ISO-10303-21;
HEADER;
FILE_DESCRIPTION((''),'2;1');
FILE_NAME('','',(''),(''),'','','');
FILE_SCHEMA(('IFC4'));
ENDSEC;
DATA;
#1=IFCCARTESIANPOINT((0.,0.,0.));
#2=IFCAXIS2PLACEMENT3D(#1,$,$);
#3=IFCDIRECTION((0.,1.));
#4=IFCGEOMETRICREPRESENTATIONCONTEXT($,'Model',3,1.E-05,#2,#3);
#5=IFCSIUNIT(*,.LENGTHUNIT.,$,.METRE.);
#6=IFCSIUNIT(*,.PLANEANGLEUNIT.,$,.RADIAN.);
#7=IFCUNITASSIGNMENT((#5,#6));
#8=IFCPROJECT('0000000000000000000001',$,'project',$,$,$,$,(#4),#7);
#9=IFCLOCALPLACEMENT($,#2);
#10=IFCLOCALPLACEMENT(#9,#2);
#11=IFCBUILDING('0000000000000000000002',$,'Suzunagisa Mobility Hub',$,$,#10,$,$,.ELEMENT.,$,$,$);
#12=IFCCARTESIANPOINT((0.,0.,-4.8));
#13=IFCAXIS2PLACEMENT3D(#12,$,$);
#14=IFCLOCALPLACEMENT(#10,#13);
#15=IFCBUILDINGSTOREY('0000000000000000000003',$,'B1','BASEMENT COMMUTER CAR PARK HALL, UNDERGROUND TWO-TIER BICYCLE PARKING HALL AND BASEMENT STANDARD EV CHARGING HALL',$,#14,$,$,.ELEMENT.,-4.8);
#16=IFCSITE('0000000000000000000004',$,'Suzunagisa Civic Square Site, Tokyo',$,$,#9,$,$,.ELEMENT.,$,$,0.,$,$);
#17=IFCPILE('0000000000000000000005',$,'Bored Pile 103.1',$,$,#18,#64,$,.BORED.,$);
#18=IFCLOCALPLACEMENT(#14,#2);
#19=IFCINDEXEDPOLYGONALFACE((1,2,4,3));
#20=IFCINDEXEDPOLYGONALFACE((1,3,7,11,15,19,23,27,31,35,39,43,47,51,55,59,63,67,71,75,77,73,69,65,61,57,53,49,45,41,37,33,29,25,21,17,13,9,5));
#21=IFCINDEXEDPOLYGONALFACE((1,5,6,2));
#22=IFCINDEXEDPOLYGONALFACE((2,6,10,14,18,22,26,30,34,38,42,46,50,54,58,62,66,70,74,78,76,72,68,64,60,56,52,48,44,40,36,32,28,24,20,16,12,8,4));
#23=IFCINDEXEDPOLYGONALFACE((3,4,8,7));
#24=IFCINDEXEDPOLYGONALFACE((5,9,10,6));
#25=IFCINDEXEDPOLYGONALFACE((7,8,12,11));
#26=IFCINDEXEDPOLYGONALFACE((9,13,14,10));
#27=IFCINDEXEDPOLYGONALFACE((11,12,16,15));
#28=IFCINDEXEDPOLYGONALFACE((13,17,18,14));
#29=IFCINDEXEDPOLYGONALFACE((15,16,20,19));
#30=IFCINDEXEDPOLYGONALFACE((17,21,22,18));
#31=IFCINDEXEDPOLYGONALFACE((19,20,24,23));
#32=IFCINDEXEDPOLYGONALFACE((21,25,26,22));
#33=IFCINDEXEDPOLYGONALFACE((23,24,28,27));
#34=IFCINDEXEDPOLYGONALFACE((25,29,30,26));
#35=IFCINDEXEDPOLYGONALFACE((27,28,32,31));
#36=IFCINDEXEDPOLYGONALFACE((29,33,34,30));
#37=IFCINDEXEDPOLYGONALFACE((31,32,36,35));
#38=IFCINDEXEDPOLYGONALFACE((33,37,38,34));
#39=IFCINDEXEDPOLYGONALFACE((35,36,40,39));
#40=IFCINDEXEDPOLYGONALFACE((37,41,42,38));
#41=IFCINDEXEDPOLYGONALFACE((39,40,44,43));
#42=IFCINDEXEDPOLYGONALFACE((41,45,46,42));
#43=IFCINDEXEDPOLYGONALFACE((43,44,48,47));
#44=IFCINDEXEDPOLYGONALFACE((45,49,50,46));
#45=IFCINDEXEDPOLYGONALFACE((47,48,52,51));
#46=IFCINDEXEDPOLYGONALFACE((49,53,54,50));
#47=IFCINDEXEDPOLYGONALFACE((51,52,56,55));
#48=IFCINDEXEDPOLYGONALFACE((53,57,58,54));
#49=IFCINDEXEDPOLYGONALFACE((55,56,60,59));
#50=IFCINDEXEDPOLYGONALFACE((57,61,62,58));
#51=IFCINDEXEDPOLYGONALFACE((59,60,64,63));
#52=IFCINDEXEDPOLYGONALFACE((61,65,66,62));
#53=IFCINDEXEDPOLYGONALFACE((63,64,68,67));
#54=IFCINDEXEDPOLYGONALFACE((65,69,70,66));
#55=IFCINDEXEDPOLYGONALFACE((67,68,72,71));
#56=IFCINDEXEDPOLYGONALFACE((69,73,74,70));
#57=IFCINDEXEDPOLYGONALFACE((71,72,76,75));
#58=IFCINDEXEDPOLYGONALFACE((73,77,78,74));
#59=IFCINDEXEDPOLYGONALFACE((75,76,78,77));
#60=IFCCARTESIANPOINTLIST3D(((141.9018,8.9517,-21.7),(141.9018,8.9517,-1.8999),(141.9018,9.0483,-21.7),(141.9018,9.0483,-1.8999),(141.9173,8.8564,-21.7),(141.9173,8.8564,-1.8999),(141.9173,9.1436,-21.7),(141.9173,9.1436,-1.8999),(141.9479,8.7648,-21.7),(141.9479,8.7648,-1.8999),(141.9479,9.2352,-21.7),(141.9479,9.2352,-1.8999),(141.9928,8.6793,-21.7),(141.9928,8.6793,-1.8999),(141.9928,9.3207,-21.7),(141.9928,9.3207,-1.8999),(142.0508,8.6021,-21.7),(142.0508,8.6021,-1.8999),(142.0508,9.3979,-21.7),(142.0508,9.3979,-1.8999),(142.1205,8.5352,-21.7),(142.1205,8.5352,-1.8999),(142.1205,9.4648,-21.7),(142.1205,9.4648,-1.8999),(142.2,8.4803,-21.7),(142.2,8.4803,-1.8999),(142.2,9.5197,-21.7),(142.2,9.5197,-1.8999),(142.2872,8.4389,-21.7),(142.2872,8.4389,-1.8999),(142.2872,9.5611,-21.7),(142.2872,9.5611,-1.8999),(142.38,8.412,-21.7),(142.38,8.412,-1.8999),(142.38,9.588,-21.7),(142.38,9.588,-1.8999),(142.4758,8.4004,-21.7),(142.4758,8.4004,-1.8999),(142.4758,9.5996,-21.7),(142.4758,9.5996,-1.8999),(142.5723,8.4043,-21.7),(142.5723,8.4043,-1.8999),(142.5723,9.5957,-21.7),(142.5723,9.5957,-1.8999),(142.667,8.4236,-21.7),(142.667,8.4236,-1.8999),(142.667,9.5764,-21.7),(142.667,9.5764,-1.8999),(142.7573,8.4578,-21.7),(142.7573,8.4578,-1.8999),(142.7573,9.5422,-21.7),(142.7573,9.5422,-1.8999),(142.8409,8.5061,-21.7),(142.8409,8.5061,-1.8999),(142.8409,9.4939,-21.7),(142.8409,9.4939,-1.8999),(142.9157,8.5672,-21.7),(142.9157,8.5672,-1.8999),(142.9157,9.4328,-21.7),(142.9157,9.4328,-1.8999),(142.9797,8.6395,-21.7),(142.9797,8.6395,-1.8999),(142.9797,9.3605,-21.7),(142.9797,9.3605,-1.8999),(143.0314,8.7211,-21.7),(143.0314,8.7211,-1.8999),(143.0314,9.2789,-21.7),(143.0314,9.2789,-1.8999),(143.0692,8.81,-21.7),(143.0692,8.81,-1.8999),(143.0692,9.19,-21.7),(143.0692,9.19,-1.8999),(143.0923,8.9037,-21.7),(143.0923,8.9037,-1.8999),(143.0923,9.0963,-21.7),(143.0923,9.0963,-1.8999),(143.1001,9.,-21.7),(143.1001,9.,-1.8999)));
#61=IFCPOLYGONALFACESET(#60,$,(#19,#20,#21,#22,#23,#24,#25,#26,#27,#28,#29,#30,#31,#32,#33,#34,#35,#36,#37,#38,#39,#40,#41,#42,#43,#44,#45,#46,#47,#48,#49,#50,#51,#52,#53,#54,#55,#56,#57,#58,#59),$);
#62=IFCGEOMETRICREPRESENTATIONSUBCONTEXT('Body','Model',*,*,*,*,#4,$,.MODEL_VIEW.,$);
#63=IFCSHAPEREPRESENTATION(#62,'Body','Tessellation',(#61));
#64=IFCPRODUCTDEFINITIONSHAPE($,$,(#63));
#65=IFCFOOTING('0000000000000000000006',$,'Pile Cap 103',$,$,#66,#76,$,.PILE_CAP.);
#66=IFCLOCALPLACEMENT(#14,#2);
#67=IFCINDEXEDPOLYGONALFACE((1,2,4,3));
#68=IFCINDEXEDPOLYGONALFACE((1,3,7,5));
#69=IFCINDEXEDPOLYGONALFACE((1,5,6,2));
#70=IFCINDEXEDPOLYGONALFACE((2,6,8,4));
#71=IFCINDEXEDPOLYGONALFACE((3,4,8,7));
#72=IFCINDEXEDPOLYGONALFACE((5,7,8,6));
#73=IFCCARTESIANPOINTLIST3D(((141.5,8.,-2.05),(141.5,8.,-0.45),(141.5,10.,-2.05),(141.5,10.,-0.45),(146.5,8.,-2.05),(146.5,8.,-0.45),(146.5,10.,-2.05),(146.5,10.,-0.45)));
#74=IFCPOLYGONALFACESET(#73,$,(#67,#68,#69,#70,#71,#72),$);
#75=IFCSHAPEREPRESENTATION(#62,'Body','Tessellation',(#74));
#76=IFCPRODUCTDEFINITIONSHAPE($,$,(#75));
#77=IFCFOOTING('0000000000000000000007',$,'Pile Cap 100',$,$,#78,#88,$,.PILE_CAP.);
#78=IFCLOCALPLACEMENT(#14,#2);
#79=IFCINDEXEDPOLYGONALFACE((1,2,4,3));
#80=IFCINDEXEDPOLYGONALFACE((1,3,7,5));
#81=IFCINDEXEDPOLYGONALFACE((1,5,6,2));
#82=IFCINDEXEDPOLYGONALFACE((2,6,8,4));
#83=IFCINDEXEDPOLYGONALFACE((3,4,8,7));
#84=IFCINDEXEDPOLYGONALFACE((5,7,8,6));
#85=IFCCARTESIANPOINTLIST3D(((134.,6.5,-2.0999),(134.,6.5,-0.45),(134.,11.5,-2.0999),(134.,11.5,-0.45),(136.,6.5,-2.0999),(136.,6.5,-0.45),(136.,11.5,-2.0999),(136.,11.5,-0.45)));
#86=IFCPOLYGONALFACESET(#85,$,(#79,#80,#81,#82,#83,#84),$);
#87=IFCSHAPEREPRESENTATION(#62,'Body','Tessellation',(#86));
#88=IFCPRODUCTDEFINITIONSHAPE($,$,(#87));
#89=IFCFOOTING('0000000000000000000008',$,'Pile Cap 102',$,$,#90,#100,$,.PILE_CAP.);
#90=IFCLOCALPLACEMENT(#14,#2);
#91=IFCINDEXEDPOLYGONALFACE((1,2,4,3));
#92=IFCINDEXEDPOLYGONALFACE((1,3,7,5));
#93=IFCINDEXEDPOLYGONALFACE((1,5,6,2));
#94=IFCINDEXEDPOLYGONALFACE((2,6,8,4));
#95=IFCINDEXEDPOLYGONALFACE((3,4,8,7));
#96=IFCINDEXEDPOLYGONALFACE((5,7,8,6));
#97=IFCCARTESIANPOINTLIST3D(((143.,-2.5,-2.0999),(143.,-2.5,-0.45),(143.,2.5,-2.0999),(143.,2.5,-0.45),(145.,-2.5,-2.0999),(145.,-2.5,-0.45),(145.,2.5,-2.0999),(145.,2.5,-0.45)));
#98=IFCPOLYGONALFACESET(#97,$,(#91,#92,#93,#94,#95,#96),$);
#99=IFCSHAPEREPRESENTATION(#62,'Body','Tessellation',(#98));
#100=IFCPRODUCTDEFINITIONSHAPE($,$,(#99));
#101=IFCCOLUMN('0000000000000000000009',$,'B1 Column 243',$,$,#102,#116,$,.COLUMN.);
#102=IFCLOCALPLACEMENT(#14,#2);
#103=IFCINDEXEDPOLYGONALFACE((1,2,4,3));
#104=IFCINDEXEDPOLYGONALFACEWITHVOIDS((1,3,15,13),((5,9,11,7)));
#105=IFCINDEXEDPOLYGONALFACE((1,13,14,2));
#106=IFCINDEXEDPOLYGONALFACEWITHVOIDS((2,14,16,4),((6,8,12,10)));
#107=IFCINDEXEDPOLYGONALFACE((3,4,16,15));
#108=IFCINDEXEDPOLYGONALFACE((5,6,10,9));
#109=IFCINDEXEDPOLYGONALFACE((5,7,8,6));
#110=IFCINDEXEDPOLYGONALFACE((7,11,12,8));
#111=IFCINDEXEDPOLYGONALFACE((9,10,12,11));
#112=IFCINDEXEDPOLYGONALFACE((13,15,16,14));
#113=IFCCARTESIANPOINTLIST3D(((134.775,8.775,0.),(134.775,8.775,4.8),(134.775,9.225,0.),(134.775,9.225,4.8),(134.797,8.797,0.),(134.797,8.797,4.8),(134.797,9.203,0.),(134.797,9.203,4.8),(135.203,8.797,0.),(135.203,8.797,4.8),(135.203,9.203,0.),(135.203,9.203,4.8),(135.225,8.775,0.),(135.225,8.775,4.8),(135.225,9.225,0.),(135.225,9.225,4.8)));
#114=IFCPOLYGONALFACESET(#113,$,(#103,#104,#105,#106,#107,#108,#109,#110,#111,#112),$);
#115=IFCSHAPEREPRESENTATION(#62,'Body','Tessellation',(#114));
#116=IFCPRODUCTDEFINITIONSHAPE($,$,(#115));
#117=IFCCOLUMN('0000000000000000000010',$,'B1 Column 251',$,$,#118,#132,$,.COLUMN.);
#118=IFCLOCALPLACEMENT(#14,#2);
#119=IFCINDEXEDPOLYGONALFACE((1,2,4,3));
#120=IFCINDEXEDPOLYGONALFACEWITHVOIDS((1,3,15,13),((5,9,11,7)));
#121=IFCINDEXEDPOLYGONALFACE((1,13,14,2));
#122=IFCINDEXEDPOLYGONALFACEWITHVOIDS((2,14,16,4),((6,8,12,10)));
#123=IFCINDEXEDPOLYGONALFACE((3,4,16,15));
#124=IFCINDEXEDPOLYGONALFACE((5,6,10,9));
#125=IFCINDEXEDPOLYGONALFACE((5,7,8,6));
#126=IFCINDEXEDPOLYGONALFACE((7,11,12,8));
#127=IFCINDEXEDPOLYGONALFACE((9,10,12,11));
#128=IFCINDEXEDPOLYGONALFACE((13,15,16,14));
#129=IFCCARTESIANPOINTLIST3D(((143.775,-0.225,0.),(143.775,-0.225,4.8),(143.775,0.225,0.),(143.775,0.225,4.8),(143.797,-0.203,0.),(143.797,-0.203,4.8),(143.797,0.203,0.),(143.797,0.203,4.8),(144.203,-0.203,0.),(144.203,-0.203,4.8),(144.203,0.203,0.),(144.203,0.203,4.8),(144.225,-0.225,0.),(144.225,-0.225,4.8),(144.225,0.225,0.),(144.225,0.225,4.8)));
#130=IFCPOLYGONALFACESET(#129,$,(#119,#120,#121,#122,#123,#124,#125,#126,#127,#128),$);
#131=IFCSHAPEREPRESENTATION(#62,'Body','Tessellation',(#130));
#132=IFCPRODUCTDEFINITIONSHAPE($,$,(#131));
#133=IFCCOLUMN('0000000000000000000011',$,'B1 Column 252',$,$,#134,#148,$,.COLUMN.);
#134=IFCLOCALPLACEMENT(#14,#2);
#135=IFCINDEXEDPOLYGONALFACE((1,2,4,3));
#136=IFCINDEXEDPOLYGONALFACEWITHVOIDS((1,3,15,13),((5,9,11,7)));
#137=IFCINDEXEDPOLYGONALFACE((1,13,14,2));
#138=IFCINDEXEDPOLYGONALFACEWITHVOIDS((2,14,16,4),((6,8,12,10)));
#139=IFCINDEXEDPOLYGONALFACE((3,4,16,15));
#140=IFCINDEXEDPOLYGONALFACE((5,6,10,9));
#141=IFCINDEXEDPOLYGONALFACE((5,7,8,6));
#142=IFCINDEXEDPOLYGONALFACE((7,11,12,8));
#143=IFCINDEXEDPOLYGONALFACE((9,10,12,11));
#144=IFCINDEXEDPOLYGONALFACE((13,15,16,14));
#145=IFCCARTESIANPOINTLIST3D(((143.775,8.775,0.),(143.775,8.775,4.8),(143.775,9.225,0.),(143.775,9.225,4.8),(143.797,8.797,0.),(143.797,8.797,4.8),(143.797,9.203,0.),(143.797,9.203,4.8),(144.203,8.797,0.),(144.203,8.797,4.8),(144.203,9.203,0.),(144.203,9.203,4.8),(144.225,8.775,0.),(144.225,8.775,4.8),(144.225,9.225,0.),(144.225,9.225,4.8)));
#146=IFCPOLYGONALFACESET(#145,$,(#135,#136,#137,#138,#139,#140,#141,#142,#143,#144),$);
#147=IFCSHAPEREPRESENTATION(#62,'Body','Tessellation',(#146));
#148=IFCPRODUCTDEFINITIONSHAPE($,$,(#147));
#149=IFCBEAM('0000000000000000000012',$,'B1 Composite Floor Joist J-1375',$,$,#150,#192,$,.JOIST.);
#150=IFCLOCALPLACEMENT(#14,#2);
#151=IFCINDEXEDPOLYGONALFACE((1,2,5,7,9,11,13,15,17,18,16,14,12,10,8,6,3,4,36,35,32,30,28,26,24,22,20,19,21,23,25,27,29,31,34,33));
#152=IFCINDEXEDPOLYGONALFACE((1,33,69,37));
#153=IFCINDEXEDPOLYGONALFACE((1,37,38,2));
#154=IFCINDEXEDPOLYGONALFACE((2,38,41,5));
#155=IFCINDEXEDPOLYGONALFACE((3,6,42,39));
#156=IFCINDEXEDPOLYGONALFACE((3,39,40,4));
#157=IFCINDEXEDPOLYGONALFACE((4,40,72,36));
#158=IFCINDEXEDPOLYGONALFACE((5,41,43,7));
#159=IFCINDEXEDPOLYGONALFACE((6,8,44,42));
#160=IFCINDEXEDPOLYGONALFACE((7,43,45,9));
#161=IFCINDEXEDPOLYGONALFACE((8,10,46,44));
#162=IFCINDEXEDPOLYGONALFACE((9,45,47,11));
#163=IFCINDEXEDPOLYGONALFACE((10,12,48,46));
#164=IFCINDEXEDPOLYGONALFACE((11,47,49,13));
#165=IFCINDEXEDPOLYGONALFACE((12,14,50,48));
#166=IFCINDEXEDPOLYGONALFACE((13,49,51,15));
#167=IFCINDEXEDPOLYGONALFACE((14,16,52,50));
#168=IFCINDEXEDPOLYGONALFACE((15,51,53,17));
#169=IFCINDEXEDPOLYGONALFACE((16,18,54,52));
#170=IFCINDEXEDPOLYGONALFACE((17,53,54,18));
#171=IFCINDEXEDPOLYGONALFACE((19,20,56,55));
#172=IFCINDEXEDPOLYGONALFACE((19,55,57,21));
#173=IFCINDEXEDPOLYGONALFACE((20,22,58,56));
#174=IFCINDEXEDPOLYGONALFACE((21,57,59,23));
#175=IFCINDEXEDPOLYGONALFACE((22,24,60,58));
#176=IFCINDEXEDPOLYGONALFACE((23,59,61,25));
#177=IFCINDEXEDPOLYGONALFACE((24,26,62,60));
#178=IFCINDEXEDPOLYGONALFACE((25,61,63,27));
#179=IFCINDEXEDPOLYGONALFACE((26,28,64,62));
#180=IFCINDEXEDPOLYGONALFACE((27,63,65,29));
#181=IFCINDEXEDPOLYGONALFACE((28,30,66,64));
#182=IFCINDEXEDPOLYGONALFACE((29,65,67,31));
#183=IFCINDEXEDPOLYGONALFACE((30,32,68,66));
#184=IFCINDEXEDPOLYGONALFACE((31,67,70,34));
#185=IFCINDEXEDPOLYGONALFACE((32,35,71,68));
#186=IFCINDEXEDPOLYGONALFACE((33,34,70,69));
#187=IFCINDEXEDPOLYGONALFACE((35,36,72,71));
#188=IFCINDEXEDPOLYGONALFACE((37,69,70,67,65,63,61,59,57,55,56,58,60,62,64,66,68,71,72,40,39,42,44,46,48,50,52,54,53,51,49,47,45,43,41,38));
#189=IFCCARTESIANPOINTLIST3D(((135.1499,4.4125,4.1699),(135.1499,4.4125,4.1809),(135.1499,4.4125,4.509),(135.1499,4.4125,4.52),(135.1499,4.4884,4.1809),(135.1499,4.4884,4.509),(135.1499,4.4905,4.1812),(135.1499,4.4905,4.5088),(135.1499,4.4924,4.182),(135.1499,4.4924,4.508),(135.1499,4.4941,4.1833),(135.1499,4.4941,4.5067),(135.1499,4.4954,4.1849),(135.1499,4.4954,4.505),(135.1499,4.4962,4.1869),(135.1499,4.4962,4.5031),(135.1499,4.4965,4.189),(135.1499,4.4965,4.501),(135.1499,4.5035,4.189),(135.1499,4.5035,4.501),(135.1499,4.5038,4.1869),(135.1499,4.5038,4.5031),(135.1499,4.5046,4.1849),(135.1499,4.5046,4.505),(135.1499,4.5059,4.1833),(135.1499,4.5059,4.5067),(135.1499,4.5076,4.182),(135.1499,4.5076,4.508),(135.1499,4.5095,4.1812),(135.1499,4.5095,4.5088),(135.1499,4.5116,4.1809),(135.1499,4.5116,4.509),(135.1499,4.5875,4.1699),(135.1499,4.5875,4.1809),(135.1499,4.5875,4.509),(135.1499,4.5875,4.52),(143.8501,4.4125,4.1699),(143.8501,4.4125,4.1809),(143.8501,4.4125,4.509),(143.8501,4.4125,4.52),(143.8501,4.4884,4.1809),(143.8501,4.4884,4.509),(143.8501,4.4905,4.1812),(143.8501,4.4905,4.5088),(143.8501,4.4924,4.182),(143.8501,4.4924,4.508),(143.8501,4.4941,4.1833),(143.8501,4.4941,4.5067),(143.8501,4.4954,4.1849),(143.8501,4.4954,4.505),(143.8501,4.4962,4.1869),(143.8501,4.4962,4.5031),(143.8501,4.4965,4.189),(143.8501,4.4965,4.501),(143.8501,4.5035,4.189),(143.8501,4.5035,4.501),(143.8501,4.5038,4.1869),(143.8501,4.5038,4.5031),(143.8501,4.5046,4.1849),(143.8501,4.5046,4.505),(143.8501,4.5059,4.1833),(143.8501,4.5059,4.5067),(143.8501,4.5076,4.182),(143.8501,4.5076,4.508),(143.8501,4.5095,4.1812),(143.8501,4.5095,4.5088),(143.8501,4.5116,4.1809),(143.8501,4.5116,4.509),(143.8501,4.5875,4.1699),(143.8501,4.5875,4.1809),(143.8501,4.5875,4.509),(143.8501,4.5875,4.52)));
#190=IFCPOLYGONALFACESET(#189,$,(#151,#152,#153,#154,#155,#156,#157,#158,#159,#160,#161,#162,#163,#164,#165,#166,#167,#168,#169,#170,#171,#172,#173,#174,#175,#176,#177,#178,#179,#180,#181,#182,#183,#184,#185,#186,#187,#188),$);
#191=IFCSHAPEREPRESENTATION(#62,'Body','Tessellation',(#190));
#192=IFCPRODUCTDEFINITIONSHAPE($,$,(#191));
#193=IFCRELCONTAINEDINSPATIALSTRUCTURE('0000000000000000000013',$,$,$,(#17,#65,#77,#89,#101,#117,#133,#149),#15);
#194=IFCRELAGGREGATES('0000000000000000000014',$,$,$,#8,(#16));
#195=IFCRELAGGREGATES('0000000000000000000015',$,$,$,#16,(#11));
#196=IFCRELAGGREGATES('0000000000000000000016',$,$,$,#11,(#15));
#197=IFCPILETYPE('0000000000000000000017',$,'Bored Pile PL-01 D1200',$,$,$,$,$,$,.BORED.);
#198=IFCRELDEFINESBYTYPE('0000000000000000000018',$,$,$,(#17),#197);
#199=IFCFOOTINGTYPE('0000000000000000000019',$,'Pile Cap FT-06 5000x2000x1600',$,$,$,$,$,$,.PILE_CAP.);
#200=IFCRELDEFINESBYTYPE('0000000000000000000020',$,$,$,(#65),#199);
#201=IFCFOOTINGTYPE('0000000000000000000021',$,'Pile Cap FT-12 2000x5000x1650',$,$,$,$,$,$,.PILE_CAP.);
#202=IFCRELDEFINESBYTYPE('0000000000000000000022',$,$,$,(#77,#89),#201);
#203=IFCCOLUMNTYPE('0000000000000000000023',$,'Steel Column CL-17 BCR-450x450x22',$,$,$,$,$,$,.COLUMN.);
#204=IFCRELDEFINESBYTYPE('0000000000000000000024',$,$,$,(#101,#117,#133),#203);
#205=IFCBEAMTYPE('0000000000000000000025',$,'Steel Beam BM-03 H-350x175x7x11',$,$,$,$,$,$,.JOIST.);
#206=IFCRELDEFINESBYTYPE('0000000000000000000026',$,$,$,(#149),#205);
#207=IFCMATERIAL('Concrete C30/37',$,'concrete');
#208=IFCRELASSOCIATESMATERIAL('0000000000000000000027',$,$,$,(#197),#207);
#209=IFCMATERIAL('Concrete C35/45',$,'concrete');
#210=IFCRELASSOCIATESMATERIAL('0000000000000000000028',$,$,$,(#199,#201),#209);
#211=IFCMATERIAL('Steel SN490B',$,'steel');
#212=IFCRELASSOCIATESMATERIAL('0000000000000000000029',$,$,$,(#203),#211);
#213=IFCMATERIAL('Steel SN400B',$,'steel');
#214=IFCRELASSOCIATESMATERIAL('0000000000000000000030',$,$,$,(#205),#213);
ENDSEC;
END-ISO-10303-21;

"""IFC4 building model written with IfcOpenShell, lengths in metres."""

from ifc_helpers import new_model, si_unit, direction, frame, origin, origin_2d, place, context, subcontext, project, spatial, rectangle, hollow_rectangle, circle, i_section, extrude, material, material_profile, profile_set, type_object, element, save


model = new_model("IFC4")

# Units and contexts
model_context = context("Model", 3, precision=1e-05, world=origin(), true_north=direction((0.0, 1.0)))
body_context = subcontext(model_context, "Body", "Model", "MODEL_VIEW")
ifc_project = project(units=[si_unit("LENGTHUNIT", "METRE"), si_unit("PLANEANGLEUNIT", "RADIAN")], contexts=[model_context])

# Site, building, storey
site_placement = place(None, origin())
site = spatial("IfcSite", under=ifc_project, at=site_placement, Name="Suzunagisa Civic Square Site, Tokyo", CompositionType="ELEMENT", RefElevation=0.0)
building_placement = place(site_placement, origin())
building = spatial("IfcBuilding", under=site, at=building_placement, Name="Suzunagisa Mobility Hub", CompositionType="ELEMENT")
storey_placement = place(building_placement, frame((0.0, 0.0, -4.8)))
storey = spatial("IfcBuildingStorey", under=building, at=storey_placement, Name="B1", Description="BASEMENT COMMUTER CAR PARK HALL, UNDERGROUND TWO-TIER BICYCLE PARKING HALL AND BASEMENT STANDARD EV CHARGING HALL", CompositionType="ELEMENT", Elevation=-4.8)

# Pile
ifc_material_1 = material(Name="Concrete C30/37", Category="concrete")
ifc_material_profile_1 = material_profile(ifc_material_1, circle(Radius=0.6001, at=origin_2d()), Name="BORED PILE D1200")
ifc_profile_set_1 = profile_set([ifc_material_profile_1], Name="Concrete C30/37")
pile_type = type_object("IfcPileType", Name="Bored Pile PL-01 D1200", PredefinedType="BORED", material=ifc_profile_set_1)
pile_1_placement = place(storey_placement, frame((142.5, 9.0, -1.8999), z_axis=(0.0, 0.0, -1.0), x_axis=(1.0, 0.0, 0.0)))
element("IfcPile", 1, at=pile_1_placement, inside=storey, type_object=pile_type, Name="Bored Pile 103.1", PredefinedType="BORED", context=body_context, shape_type="SweptSolid", body=[
    extrude(circle(Radius=0.6001, at=origin_2d()), origin(), (0.0, 0.0, 1.0), 19.8),
])

# Footings
ifc_material_2 = material(Name="Concrete C35/45", Category="concrete")
footing_type_1 = type_object("IfcFootingType", Name="Pile Cap FT-06 5000x2000x1600", PredefinedType="PILE_CAP", material=ifc_material_2)
footing_placement = place(storey_placement, frame((144.0, 9.0, -2.05), z_axis=(0.0, 0.0, 1.0), x_axis=(1.0, 0.0, 0.0)))
element("IfcFooting", 2, at=footing_placement, inside=storey, type_object=footing_type_1, Name="Pile Cap 103", PredefinedType="PILE_CAP", context=body_context, shape_type="SweptSolid", body=[
    extrude(rectangle(XDim=5.0, YDim=2.0, at=origin_2d()), origin(), (0.0, 0.0, 1.0), 1.6001),
])
footing_type_2 = type_object("IfcFootingType", Name="Pile Cap FT-12 2000x5000x1650", PredefinedType="PILE_CAP", material=ifc_material_2)
for number, where, z_axis, x_axis, name in (
    (3, (135.0, 9.0, -2.0999), (0.0, 0.0, 1.0), (1.0, 0.0, 0.0), "Pile Cap 100"),
    (4, (144.0, 0.0, -2.0999), (0.0, 0.0, 1.0), (1.0, 0.0, 0.0), "Pile Cap 102"),
):
    element("IfcFooting", number, at=place(storey_placement, frame(where, z_axis=z_axis, x_axis=x_axis)), inside=storey, type_object=footing_type_2, Name=name, PredefinedType="PILE_CAP", context=body_context, shape_type="SweptSolid", body=[
        extrude(rectangle(XDim=2.0, YDim=5.0, at=origin_2d()), origin(), (0.0, 0.0, 1.0), 1.6499),
    ])

# Columns
ifc_material_3 = material(Name="Steel SN490B", Category="steel")
ifc_material_profile_2 = material_profile(ifc_material_3, hollow_rectangle(XDim=0.45, YDim=0.45, WallThickness=0.022, at=origin_2d()), Name="BCR-450x450x22")
ifc_profile_set_2 = profile_set([ifc_material_profile_2], Name="Steel SN490B")
column_type = type_object("IfcColumnType", Name="Steel Column CL-17 BCR-450x450x22", PredefinedType="COLUMN", material=ifc_profile_set_2)
for number, where, z_axis, x_axis, name in (
    (5, (135.0, 9.0, 0.0), (0.0, 0.0, 1.0), (1.0, 0.0, 0.0), "B1 Column 243"),
    (6, (144.0, 0.0, 0.0), (0.0, 0.0, 1.0), (1.0, 0.0, 0.0), "B1 Column 251"),
    (7, (144.0, 9.0, 0.0), (0.0, 0.0, 1.0), (1.0, 0.0, 0.0), "B1 Column 252"),
):
    element("IfcColumn", number, at=place(storey_placement, frame(where, z_axis=z_axis, x_axis=x_axis)), inside=storey, type_object=column_type, Name=name, PredefinedType="COLUMN", context=body_context, shape_type="SweptSolid", body=[
        extrude(hollow_rectangle(XDim=0.45, YDim=0.45, WallThickness=0.022, at=origin_2d()), origin(), (0.0, 0.0, 1.0), 4.8),
    ])

# Beam
ifc_material_4 = material(Name="Steel SN400B", Category="steel")
ifc_material_profile_3 = material_profile(ifc_material_4, i_section(OverallWidth=0.175, OverallDepth=0.3501, WebThickness=0.0071, FlangeThickness=0.011, FilletRadius=0.0081, at=origin_2d()), Name="H-350x175x7x11")
ifc_profile_set_3 = profile_set([ifc_material_profile_3], Name="Steel SN400B")
beam_type_1 = type_object("IfcBeamType", Name="Steel Beam BM-03 H-350x175x7x11", PredefinedType="JOIST", material=ifc_profile_set_3)
for number, where, z_axis, x_axis, name in (
    (8, (135.1499, 4.5, 4.345), (1.0, 0.0, 0.0), (0.0, 1.0, 0.0), "B1 Composite Floor Joist J-1375"),
):
    element("IfcBeam", number, at=place(storey_placement, frame(where, z_axis=z_axis, x_axis=x_axis)), inside=storey, type_object=beam_type_1, Name=name, PredefinedType="JOIST", context=body_context, shape_type="SweptSolid", body=[
        extrude(i_section(OverallWidth=0.175, OverallDepth=0.3501, WebThickness=0.0071, FlangeThickness=0.011, FilletRadius=0.0081, at=origin_2d()), origin(), (0.0, 0.0, 1.0), 8.7002),
    ])

save(model, "model.ifc")
